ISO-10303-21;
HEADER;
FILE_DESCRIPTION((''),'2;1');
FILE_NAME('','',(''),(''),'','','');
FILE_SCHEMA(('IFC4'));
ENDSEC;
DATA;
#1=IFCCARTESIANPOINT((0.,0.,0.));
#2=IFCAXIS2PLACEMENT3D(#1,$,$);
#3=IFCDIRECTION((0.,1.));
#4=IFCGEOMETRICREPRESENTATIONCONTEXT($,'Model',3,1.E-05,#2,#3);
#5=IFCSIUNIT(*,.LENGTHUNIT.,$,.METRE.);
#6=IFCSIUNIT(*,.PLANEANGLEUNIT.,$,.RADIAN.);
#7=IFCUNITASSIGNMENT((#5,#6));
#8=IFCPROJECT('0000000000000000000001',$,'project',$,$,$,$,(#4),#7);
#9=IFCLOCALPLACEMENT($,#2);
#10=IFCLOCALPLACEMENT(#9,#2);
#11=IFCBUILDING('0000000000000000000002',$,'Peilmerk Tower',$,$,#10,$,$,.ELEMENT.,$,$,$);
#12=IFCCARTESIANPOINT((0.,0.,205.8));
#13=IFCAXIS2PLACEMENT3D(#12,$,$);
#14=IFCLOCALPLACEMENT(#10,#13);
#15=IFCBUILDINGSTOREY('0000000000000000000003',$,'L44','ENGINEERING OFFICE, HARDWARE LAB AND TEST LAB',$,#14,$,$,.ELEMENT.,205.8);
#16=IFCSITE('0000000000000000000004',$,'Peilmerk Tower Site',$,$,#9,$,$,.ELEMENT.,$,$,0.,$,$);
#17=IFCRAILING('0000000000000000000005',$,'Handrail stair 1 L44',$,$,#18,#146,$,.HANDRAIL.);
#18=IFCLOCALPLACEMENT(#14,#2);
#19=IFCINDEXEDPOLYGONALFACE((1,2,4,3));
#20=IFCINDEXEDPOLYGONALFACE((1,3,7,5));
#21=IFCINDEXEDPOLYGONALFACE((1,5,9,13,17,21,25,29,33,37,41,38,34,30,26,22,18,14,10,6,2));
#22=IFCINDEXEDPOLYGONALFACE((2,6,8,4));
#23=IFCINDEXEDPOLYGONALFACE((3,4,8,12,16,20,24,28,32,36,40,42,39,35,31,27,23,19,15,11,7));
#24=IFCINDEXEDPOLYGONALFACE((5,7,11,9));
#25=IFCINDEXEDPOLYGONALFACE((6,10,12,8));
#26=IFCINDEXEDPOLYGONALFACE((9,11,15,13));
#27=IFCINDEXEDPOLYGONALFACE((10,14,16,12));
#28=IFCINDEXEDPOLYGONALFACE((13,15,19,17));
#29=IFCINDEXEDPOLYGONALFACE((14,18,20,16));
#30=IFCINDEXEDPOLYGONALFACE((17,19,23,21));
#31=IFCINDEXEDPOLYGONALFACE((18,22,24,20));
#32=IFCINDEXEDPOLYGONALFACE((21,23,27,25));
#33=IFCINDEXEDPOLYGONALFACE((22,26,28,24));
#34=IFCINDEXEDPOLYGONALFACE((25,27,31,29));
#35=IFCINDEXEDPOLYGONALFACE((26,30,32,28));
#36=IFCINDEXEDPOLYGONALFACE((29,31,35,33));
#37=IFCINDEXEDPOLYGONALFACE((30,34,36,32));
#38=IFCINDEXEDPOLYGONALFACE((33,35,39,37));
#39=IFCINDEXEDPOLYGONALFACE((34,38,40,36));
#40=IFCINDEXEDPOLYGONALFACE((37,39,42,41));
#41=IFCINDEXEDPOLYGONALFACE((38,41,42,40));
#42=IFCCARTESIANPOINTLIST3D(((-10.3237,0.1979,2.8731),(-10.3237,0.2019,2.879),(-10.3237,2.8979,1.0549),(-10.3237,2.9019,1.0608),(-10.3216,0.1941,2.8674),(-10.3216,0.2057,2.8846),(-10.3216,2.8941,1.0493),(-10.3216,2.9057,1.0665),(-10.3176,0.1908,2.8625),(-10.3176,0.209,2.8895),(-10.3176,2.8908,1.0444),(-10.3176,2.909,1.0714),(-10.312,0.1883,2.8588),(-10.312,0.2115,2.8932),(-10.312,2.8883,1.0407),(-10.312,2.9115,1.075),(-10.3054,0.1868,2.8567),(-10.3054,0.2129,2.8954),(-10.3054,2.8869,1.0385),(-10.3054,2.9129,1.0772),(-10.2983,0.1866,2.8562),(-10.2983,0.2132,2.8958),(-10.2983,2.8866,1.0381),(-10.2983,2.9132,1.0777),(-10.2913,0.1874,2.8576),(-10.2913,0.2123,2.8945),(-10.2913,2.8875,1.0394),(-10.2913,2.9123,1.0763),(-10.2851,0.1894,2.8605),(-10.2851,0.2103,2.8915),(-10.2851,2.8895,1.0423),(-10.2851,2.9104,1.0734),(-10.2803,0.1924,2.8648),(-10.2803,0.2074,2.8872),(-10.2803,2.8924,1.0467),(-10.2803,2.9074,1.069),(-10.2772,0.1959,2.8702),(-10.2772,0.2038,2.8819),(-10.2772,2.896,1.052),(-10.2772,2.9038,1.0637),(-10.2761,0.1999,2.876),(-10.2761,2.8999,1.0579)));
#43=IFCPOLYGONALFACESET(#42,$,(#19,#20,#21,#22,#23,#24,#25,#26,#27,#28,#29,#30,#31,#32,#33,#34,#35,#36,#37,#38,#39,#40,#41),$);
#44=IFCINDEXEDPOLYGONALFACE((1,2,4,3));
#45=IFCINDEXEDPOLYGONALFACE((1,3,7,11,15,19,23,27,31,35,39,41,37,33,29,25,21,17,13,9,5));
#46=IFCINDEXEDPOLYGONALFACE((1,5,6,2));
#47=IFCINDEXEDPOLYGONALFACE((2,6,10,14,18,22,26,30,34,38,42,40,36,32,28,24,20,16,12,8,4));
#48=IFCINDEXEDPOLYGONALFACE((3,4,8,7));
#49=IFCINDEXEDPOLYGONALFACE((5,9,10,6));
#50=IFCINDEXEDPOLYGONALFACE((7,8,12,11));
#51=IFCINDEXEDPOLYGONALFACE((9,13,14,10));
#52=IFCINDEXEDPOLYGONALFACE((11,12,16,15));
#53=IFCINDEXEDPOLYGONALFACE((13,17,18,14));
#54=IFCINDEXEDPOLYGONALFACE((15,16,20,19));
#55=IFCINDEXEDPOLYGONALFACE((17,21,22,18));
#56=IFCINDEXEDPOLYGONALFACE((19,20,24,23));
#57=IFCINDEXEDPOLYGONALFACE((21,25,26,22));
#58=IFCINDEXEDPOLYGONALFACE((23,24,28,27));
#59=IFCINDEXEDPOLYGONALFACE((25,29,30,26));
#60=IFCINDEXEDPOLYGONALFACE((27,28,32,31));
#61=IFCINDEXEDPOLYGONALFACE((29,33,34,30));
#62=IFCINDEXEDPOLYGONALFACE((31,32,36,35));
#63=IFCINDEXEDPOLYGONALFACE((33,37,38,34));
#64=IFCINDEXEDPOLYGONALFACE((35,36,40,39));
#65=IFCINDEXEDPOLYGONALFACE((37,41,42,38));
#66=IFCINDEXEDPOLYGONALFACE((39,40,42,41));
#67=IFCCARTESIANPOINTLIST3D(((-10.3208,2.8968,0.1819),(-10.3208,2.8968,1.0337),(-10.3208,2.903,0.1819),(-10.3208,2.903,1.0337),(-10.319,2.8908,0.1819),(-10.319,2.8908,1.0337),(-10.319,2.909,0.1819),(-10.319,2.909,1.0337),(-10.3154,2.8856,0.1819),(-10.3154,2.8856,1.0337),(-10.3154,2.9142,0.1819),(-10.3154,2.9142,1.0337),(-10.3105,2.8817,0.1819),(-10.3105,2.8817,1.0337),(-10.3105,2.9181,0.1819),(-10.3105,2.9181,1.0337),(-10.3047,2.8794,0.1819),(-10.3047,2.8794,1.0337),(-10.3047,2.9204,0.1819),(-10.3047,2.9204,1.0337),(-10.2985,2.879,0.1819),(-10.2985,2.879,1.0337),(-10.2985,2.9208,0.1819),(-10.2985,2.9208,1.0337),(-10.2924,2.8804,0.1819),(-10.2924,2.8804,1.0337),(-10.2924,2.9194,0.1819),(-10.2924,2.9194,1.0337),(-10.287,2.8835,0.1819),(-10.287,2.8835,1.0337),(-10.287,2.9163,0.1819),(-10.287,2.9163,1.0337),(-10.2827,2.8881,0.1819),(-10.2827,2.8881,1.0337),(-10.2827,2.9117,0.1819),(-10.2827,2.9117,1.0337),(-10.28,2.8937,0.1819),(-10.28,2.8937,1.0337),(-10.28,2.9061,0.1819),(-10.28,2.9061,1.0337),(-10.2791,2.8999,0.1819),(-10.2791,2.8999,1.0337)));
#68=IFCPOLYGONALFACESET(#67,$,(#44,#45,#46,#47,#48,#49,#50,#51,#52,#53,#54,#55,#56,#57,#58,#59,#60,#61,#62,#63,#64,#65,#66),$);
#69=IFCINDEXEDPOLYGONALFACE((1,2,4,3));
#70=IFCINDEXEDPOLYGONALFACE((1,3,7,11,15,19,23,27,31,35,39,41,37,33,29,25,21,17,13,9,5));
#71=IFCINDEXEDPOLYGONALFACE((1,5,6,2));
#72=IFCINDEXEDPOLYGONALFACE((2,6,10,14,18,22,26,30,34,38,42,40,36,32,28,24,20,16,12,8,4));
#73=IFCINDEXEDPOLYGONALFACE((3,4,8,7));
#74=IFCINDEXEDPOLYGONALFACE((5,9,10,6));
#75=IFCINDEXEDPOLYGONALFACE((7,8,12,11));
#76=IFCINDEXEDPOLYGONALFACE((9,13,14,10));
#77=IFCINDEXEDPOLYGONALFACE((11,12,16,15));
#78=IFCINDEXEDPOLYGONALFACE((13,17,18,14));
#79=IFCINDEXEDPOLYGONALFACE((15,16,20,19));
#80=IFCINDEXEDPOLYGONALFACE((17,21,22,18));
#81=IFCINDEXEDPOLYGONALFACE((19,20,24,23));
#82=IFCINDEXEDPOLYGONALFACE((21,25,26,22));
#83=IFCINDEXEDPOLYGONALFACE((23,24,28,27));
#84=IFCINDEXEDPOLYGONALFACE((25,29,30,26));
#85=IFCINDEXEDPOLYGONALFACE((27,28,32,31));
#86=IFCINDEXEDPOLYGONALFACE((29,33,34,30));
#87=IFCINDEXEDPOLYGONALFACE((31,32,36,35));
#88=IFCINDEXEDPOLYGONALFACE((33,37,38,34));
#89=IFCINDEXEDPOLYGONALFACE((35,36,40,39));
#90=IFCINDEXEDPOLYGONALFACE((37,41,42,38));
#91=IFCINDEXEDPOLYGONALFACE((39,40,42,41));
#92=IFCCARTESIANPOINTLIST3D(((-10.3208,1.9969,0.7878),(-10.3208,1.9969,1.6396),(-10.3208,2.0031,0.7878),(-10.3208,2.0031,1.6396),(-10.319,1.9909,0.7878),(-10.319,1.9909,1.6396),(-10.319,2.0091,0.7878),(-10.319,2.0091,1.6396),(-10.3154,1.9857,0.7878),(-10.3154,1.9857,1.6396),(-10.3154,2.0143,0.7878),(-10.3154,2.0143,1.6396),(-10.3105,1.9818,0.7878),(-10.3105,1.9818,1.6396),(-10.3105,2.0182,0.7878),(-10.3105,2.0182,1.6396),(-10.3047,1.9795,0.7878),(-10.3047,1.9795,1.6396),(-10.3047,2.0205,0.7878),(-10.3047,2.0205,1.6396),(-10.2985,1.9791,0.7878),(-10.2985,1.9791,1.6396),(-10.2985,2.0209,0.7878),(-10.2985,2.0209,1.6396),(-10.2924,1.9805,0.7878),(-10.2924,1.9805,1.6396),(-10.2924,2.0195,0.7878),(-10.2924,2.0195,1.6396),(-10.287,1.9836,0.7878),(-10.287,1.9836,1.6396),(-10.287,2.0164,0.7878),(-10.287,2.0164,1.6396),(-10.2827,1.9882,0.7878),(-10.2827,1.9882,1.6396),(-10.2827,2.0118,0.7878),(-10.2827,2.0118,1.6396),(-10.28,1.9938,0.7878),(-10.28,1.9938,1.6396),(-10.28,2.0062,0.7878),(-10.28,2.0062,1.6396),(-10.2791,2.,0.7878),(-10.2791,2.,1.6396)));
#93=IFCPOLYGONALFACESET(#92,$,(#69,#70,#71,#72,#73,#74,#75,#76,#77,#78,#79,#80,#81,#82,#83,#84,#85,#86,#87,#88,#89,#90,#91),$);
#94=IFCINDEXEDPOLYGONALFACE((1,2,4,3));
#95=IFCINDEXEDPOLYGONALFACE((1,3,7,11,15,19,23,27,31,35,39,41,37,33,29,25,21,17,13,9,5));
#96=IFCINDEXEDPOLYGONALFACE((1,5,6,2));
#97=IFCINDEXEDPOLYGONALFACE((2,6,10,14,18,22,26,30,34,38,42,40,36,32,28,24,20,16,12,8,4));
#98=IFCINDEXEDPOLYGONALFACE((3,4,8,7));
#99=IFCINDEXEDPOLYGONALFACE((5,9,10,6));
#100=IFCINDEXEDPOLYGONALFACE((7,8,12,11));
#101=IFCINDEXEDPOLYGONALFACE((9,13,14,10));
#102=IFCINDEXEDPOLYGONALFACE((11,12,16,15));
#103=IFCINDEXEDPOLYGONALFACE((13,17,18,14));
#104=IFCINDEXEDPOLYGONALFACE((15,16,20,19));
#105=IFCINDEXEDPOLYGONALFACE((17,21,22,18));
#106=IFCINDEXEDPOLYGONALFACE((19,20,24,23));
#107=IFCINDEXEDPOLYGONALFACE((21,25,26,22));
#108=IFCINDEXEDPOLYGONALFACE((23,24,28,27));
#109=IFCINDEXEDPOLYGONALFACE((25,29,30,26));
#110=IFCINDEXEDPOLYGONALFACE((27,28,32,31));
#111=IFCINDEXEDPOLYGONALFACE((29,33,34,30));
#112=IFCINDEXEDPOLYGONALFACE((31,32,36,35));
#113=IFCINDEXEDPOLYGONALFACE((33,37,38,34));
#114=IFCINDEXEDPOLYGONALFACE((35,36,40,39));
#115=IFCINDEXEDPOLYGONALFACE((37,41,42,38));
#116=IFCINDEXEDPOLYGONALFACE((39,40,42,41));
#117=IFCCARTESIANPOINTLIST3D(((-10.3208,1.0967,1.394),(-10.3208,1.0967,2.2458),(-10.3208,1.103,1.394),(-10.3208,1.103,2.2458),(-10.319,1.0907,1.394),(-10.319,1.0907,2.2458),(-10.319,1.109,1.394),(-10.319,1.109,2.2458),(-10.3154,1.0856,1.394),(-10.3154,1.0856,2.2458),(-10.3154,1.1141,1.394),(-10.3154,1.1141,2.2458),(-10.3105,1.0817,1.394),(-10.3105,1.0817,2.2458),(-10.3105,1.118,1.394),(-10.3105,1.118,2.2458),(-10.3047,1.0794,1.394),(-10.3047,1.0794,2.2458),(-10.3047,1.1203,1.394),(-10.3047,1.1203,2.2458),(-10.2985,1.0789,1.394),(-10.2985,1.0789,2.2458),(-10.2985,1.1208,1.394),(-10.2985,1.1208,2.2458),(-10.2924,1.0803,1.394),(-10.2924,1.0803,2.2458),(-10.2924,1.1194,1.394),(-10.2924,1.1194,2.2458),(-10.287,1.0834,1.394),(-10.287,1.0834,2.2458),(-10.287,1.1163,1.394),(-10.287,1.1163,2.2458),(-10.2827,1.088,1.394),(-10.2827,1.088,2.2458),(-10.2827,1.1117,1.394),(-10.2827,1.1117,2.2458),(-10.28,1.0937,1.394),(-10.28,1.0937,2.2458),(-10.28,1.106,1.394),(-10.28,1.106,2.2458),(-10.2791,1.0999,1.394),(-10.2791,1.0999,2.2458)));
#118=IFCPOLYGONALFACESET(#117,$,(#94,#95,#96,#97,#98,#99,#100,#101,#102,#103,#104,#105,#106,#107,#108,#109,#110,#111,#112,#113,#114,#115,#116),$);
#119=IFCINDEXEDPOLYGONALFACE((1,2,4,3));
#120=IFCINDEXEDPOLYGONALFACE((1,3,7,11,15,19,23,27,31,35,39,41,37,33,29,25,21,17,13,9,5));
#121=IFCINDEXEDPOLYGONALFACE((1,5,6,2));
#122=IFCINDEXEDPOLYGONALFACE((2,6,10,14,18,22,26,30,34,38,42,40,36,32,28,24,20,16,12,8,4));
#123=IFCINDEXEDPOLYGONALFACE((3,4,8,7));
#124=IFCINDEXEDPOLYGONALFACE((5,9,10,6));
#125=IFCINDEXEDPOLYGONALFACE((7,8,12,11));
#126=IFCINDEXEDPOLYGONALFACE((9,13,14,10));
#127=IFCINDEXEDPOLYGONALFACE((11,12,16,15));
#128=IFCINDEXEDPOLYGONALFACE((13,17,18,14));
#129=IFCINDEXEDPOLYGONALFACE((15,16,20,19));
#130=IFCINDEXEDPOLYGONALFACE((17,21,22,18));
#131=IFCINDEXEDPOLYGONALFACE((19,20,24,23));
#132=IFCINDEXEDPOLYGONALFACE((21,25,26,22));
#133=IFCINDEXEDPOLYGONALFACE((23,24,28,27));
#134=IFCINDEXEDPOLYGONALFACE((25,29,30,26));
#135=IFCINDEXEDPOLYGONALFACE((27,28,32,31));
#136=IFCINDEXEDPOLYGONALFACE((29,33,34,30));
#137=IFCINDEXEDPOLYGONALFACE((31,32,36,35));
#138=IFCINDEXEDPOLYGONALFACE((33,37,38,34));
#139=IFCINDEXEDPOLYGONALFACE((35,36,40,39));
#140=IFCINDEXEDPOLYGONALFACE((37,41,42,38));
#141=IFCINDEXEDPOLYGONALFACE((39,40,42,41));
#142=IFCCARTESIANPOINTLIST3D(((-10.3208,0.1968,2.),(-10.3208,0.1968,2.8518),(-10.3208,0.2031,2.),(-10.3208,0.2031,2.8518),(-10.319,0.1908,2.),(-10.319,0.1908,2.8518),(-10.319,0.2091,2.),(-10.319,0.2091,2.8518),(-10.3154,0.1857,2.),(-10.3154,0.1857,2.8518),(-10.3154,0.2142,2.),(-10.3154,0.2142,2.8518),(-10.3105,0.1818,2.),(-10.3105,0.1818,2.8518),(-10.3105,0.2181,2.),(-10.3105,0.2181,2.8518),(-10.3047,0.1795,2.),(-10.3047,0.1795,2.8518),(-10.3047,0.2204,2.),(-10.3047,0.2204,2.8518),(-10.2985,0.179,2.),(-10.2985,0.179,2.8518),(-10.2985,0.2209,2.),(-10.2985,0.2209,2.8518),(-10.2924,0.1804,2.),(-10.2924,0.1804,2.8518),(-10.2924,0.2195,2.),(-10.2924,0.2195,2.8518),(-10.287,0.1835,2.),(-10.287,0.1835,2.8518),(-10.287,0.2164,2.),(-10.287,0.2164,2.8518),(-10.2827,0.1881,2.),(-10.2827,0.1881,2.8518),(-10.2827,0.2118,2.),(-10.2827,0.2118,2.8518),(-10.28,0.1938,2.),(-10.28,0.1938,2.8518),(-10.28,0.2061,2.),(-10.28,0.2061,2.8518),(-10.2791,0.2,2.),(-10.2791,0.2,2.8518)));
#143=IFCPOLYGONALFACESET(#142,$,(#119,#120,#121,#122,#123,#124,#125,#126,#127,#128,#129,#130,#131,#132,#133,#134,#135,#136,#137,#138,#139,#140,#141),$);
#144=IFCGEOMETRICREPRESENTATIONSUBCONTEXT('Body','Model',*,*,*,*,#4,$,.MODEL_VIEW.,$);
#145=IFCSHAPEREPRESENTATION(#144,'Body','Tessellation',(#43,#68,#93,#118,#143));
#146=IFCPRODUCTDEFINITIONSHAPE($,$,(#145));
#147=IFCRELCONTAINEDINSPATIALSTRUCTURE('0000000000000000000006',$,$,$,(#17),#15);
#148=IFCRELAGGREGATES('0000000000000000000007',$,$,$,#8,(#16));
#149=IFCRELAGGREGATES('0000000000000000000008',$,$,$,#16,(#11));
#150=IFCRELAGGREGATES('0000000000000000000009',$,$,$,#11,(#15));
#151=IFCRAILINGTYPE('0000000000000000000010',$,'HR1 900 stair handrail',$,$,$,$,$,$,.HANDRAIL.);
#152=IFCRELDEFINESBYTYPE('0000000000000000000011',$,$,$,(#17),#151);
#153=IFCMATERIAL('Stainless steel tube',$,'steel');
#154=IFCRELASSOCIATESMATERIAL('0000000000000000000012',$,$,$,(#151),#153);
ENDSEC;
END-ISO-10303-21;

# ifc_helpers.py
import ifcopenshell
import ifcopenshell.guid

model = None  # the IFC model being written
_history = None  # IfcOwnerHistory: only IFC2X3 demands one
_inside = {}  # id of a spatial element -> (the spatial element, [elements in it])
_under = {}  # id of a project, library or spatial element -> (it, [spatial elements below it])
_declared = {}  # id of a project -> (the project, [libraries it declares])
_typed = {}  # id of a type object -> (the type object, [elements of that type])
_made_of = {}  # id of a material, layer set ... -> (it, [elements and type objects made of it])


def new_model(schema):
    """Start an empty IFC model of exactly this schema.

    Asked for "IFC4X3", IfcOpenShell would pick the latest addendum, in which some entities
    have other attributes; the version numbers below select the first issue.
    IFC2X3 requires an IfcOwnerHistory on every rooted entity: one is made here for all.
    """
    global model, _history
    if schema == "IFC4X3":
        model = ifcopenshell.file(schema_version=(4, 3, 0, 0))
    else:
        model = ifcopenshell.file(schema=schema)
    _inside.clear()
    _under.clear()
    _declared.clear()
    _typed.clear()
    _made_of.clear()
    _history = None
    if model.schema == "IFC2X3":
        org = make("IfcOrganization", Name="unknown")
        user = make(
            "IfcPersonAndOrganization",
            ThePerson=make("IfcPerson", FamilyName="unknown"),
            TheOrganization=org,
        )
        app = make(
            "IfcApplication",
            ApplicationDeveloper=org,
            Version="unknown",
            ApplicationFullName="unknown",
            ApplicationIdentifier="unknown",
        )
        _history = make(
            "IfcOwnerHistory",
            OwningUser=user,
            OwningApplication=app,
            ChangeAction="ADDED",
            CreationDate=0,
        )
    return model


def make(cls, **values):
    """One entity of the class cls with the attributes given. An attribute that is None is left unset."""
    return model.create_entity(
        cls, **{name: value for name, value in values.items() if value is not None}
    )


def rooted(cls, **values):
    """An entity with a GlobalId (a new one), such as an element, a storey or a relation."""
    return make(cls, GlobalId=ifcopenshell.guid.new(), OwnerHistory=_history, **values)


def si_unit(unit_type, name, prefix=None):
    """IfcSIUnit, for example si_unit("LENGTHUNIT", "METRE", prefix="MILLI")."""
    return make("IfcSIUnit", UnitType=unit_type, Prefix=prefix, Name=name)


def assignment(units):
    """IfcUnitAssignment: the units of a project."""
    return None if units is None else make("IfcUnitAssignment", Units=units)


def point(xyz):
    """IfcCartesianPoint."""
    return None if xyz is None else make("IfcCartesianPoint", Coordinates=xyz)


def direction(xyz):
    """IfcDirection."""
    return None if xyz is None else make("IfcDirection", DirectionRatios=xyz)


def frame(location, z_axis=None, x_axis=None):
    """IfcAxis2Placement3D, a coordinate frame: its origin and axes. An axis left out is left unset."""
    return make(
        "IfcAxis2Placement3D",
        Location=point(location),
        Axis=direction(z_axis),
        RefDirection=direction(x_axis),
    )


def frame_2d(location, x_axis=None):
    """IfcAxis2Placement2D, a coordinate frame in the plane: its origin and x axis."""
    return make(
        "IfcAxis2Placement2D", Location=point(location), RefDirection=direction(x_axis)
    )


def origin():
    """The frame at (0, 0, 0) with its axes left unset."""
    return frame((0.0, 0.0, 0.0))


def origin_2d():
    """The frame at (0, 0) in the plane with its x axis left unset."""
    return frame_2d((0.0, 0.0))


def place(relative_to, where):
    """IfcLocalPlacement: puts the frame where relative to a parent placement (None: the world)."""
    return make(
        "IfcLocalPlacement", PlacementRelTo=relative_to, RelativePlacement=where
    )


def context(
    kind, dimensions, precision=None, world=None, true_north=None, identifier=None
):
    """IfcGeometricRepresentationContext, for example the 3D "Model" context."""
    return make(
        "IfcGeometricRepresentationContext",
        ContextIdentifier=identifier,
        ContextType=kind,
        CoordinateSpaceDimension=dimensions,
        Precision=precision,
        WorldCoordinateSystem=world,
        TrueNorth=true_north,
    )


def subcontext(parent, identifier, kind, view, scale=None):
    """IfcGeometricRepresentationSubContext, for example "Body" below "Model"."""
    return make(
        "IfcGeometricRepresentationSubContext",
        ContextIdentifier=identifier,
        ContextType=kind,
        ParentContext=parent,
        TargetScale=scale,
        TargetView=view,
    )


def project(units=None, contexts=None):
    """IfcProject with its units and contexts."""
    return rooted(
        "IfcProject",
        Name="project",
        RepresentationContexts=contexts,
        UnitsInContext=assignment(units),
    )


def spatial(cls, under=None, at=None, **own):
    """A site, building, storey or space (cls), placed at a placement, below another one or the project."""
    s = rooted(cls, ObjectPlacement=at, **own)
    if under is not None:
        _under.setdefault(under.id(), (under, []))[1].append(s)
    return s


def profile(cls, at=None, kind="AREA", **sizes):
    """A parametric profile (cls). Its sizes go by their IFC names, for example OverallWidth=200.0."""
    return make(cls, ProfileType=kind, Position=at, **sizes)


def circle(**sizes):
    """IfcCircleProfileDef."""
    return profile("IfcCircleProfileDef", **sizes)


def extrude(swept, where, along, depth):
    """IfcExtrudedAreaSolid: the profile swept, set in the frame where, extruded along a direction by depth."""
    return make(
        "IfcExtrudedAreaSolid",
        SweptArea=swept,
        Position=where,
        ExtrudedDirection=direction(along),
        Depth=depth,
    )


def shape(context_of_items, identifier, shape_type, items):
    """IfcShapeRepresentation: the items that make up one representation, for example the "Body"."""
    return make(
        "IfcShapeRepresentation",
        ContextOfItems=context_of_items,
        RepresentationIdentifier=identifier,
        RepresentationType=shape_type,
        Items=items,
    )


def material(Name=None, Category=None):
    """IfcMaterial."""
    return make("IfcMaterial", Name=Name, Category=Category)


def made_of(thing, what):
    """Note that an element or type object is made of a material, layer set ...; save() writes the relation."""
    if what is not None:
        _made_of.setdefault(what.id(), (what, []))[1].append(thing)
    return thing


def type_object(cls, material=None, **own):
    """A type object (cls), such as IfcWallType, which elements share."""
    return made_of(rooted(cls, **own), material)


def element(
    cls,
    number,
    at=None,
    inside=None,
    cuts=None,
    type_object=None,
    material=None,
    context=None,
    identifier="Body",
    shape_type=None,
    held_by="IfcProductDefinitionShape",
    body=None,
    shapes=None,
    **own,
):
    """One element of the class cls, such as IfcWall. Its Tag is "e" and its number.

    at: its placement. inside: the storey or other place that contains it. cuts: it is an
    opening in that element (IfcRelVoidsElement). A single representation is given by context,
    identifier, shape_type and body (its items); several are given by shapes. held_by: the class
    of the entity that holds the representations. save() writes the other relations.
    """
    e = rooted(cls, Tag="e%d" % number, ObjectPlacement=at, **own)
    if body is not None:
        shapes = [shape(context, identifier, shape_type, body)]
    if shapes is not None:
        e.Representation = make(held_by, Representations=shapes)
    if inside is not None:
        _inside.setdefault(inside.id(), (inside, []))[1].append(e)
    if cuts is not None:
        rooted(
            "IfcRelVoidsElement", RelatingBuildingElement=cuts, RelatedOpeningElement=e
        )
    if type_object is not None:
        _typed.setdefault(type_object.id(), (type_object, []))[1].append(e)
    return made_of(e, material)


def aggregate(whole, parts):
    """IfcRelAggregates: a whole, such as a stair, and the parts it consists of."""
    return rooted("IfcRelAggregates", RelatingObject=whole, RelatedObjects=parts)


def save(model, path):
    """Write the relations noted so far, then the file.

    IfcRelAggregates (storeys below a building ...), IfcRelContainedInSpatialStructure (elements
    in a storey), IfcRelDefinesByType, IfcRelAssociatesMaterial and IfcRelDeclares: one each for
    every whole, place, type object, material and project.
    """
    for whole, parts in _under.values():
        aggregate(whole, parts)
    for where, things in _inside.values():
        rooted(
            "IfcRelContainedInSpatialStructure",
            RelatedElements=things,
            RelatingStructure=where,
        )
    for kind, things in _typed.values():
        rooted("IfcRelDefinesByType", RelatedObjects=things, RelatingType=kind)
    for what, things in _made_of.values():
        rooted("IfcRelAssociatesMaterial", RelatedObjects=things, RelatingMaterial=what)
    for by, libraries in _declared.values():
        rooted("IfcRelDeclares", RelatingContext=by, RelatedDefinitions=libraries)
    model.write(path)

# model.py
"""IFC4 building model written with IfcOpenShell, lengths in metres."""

from ifc_helpers import new_model, si_unit, direction, frame, origin, origin_2d, place, context, subcontext, project, spatial, circle, extrude, material, type_object, element, save


model = new_model("IFC4")

# Units and contexts
model_context = context("Model", 3, precision=1e-05, world=origin(), true_north=direction((0.0, 1.0)))
body_context = subcontext(model_context, "Body", "Model", "MODEL_VIEW")
ifc_project = project(units=[si_unit("LENGTHUNIT", "METRE"), si_unit("PLANEANGLEUNIT", "RADIAN")], contexts=[model_context])

# Site, building, storey
site_placement = place(None, origin())
site = spatial("IfcSite", under=ifc_project, at=site_placement, Name="Peilmerk Tower Site", CompositionType="ELEMENT", RefElevation=0.0)
building_placement = place(site_placement, origin())
building = spatial("IfcBuilding", under=site, at=building_placement, Name="Peilmerk Tower", CompositionType="ELEMENT")
storey_placement = place(building_placement, frame((0.0, 0.0, 205.8)))
storey = spatial("IfcBuildingStorey", under=building, at=storey_placement, Name="L44", Description="ENGINEERING OFFICE, HARDWARE LAB AND TEST LAB", CompositionType="ELEMENT", Elevation=205.8)

# Railing
ifc_material_1 = material(Name="Stainless steel tube", Category="steel")
railing_type_1 = type_object("IfcRailingType", Name="HR1 900 stair handrail", PredefinedType="HANDRAIL", material=ifc_material_1)
railing_1_placement = place(storey_placement, frame((-10.3, 2.8999, 0.1819)))
element("IfcRailing", 1, at=railing_1_placement, inside=storey, type_object=railing_type_1, Name="Handrail stair 1 L44", PredefinedType="HANDRAIL", context=body_context, shape_type="SweptSolid", body=[
    extrude(circle(Radius=0.0239, at=origin_2d()), frame((0.0, 0.0, 0.876), z_axis=(0.0, -0.829468, 0.558554), x_axis=(1.0, 0.0, 0.0)), (0.0, 0.0, 1.0), 3.2551),
    extrude(circle(Radius=0.021, at=origin_2d()), origin(), (0.0, 0.0, 1.0), 0.8518),
    extrude(circle(Radius=0.021, at=origin_2d()), frame((0.0, -0.8999, 0.606)), (0.0, 0.0, 1.0), 0.8518),
    extrude(circle(Radius=0.021, at=origin_2d()), frame((0.0, -1.8, 1.2122)), (0.0, 0.0, 1.0), 0.8518),
    extrude(circle(Radius=0.021, at=origin_2d()), frame((0.0, -2.7, 1.8181)), (0.0, 0.0, 1.0), 0.8518),
])

save(model, "model.ifc")
